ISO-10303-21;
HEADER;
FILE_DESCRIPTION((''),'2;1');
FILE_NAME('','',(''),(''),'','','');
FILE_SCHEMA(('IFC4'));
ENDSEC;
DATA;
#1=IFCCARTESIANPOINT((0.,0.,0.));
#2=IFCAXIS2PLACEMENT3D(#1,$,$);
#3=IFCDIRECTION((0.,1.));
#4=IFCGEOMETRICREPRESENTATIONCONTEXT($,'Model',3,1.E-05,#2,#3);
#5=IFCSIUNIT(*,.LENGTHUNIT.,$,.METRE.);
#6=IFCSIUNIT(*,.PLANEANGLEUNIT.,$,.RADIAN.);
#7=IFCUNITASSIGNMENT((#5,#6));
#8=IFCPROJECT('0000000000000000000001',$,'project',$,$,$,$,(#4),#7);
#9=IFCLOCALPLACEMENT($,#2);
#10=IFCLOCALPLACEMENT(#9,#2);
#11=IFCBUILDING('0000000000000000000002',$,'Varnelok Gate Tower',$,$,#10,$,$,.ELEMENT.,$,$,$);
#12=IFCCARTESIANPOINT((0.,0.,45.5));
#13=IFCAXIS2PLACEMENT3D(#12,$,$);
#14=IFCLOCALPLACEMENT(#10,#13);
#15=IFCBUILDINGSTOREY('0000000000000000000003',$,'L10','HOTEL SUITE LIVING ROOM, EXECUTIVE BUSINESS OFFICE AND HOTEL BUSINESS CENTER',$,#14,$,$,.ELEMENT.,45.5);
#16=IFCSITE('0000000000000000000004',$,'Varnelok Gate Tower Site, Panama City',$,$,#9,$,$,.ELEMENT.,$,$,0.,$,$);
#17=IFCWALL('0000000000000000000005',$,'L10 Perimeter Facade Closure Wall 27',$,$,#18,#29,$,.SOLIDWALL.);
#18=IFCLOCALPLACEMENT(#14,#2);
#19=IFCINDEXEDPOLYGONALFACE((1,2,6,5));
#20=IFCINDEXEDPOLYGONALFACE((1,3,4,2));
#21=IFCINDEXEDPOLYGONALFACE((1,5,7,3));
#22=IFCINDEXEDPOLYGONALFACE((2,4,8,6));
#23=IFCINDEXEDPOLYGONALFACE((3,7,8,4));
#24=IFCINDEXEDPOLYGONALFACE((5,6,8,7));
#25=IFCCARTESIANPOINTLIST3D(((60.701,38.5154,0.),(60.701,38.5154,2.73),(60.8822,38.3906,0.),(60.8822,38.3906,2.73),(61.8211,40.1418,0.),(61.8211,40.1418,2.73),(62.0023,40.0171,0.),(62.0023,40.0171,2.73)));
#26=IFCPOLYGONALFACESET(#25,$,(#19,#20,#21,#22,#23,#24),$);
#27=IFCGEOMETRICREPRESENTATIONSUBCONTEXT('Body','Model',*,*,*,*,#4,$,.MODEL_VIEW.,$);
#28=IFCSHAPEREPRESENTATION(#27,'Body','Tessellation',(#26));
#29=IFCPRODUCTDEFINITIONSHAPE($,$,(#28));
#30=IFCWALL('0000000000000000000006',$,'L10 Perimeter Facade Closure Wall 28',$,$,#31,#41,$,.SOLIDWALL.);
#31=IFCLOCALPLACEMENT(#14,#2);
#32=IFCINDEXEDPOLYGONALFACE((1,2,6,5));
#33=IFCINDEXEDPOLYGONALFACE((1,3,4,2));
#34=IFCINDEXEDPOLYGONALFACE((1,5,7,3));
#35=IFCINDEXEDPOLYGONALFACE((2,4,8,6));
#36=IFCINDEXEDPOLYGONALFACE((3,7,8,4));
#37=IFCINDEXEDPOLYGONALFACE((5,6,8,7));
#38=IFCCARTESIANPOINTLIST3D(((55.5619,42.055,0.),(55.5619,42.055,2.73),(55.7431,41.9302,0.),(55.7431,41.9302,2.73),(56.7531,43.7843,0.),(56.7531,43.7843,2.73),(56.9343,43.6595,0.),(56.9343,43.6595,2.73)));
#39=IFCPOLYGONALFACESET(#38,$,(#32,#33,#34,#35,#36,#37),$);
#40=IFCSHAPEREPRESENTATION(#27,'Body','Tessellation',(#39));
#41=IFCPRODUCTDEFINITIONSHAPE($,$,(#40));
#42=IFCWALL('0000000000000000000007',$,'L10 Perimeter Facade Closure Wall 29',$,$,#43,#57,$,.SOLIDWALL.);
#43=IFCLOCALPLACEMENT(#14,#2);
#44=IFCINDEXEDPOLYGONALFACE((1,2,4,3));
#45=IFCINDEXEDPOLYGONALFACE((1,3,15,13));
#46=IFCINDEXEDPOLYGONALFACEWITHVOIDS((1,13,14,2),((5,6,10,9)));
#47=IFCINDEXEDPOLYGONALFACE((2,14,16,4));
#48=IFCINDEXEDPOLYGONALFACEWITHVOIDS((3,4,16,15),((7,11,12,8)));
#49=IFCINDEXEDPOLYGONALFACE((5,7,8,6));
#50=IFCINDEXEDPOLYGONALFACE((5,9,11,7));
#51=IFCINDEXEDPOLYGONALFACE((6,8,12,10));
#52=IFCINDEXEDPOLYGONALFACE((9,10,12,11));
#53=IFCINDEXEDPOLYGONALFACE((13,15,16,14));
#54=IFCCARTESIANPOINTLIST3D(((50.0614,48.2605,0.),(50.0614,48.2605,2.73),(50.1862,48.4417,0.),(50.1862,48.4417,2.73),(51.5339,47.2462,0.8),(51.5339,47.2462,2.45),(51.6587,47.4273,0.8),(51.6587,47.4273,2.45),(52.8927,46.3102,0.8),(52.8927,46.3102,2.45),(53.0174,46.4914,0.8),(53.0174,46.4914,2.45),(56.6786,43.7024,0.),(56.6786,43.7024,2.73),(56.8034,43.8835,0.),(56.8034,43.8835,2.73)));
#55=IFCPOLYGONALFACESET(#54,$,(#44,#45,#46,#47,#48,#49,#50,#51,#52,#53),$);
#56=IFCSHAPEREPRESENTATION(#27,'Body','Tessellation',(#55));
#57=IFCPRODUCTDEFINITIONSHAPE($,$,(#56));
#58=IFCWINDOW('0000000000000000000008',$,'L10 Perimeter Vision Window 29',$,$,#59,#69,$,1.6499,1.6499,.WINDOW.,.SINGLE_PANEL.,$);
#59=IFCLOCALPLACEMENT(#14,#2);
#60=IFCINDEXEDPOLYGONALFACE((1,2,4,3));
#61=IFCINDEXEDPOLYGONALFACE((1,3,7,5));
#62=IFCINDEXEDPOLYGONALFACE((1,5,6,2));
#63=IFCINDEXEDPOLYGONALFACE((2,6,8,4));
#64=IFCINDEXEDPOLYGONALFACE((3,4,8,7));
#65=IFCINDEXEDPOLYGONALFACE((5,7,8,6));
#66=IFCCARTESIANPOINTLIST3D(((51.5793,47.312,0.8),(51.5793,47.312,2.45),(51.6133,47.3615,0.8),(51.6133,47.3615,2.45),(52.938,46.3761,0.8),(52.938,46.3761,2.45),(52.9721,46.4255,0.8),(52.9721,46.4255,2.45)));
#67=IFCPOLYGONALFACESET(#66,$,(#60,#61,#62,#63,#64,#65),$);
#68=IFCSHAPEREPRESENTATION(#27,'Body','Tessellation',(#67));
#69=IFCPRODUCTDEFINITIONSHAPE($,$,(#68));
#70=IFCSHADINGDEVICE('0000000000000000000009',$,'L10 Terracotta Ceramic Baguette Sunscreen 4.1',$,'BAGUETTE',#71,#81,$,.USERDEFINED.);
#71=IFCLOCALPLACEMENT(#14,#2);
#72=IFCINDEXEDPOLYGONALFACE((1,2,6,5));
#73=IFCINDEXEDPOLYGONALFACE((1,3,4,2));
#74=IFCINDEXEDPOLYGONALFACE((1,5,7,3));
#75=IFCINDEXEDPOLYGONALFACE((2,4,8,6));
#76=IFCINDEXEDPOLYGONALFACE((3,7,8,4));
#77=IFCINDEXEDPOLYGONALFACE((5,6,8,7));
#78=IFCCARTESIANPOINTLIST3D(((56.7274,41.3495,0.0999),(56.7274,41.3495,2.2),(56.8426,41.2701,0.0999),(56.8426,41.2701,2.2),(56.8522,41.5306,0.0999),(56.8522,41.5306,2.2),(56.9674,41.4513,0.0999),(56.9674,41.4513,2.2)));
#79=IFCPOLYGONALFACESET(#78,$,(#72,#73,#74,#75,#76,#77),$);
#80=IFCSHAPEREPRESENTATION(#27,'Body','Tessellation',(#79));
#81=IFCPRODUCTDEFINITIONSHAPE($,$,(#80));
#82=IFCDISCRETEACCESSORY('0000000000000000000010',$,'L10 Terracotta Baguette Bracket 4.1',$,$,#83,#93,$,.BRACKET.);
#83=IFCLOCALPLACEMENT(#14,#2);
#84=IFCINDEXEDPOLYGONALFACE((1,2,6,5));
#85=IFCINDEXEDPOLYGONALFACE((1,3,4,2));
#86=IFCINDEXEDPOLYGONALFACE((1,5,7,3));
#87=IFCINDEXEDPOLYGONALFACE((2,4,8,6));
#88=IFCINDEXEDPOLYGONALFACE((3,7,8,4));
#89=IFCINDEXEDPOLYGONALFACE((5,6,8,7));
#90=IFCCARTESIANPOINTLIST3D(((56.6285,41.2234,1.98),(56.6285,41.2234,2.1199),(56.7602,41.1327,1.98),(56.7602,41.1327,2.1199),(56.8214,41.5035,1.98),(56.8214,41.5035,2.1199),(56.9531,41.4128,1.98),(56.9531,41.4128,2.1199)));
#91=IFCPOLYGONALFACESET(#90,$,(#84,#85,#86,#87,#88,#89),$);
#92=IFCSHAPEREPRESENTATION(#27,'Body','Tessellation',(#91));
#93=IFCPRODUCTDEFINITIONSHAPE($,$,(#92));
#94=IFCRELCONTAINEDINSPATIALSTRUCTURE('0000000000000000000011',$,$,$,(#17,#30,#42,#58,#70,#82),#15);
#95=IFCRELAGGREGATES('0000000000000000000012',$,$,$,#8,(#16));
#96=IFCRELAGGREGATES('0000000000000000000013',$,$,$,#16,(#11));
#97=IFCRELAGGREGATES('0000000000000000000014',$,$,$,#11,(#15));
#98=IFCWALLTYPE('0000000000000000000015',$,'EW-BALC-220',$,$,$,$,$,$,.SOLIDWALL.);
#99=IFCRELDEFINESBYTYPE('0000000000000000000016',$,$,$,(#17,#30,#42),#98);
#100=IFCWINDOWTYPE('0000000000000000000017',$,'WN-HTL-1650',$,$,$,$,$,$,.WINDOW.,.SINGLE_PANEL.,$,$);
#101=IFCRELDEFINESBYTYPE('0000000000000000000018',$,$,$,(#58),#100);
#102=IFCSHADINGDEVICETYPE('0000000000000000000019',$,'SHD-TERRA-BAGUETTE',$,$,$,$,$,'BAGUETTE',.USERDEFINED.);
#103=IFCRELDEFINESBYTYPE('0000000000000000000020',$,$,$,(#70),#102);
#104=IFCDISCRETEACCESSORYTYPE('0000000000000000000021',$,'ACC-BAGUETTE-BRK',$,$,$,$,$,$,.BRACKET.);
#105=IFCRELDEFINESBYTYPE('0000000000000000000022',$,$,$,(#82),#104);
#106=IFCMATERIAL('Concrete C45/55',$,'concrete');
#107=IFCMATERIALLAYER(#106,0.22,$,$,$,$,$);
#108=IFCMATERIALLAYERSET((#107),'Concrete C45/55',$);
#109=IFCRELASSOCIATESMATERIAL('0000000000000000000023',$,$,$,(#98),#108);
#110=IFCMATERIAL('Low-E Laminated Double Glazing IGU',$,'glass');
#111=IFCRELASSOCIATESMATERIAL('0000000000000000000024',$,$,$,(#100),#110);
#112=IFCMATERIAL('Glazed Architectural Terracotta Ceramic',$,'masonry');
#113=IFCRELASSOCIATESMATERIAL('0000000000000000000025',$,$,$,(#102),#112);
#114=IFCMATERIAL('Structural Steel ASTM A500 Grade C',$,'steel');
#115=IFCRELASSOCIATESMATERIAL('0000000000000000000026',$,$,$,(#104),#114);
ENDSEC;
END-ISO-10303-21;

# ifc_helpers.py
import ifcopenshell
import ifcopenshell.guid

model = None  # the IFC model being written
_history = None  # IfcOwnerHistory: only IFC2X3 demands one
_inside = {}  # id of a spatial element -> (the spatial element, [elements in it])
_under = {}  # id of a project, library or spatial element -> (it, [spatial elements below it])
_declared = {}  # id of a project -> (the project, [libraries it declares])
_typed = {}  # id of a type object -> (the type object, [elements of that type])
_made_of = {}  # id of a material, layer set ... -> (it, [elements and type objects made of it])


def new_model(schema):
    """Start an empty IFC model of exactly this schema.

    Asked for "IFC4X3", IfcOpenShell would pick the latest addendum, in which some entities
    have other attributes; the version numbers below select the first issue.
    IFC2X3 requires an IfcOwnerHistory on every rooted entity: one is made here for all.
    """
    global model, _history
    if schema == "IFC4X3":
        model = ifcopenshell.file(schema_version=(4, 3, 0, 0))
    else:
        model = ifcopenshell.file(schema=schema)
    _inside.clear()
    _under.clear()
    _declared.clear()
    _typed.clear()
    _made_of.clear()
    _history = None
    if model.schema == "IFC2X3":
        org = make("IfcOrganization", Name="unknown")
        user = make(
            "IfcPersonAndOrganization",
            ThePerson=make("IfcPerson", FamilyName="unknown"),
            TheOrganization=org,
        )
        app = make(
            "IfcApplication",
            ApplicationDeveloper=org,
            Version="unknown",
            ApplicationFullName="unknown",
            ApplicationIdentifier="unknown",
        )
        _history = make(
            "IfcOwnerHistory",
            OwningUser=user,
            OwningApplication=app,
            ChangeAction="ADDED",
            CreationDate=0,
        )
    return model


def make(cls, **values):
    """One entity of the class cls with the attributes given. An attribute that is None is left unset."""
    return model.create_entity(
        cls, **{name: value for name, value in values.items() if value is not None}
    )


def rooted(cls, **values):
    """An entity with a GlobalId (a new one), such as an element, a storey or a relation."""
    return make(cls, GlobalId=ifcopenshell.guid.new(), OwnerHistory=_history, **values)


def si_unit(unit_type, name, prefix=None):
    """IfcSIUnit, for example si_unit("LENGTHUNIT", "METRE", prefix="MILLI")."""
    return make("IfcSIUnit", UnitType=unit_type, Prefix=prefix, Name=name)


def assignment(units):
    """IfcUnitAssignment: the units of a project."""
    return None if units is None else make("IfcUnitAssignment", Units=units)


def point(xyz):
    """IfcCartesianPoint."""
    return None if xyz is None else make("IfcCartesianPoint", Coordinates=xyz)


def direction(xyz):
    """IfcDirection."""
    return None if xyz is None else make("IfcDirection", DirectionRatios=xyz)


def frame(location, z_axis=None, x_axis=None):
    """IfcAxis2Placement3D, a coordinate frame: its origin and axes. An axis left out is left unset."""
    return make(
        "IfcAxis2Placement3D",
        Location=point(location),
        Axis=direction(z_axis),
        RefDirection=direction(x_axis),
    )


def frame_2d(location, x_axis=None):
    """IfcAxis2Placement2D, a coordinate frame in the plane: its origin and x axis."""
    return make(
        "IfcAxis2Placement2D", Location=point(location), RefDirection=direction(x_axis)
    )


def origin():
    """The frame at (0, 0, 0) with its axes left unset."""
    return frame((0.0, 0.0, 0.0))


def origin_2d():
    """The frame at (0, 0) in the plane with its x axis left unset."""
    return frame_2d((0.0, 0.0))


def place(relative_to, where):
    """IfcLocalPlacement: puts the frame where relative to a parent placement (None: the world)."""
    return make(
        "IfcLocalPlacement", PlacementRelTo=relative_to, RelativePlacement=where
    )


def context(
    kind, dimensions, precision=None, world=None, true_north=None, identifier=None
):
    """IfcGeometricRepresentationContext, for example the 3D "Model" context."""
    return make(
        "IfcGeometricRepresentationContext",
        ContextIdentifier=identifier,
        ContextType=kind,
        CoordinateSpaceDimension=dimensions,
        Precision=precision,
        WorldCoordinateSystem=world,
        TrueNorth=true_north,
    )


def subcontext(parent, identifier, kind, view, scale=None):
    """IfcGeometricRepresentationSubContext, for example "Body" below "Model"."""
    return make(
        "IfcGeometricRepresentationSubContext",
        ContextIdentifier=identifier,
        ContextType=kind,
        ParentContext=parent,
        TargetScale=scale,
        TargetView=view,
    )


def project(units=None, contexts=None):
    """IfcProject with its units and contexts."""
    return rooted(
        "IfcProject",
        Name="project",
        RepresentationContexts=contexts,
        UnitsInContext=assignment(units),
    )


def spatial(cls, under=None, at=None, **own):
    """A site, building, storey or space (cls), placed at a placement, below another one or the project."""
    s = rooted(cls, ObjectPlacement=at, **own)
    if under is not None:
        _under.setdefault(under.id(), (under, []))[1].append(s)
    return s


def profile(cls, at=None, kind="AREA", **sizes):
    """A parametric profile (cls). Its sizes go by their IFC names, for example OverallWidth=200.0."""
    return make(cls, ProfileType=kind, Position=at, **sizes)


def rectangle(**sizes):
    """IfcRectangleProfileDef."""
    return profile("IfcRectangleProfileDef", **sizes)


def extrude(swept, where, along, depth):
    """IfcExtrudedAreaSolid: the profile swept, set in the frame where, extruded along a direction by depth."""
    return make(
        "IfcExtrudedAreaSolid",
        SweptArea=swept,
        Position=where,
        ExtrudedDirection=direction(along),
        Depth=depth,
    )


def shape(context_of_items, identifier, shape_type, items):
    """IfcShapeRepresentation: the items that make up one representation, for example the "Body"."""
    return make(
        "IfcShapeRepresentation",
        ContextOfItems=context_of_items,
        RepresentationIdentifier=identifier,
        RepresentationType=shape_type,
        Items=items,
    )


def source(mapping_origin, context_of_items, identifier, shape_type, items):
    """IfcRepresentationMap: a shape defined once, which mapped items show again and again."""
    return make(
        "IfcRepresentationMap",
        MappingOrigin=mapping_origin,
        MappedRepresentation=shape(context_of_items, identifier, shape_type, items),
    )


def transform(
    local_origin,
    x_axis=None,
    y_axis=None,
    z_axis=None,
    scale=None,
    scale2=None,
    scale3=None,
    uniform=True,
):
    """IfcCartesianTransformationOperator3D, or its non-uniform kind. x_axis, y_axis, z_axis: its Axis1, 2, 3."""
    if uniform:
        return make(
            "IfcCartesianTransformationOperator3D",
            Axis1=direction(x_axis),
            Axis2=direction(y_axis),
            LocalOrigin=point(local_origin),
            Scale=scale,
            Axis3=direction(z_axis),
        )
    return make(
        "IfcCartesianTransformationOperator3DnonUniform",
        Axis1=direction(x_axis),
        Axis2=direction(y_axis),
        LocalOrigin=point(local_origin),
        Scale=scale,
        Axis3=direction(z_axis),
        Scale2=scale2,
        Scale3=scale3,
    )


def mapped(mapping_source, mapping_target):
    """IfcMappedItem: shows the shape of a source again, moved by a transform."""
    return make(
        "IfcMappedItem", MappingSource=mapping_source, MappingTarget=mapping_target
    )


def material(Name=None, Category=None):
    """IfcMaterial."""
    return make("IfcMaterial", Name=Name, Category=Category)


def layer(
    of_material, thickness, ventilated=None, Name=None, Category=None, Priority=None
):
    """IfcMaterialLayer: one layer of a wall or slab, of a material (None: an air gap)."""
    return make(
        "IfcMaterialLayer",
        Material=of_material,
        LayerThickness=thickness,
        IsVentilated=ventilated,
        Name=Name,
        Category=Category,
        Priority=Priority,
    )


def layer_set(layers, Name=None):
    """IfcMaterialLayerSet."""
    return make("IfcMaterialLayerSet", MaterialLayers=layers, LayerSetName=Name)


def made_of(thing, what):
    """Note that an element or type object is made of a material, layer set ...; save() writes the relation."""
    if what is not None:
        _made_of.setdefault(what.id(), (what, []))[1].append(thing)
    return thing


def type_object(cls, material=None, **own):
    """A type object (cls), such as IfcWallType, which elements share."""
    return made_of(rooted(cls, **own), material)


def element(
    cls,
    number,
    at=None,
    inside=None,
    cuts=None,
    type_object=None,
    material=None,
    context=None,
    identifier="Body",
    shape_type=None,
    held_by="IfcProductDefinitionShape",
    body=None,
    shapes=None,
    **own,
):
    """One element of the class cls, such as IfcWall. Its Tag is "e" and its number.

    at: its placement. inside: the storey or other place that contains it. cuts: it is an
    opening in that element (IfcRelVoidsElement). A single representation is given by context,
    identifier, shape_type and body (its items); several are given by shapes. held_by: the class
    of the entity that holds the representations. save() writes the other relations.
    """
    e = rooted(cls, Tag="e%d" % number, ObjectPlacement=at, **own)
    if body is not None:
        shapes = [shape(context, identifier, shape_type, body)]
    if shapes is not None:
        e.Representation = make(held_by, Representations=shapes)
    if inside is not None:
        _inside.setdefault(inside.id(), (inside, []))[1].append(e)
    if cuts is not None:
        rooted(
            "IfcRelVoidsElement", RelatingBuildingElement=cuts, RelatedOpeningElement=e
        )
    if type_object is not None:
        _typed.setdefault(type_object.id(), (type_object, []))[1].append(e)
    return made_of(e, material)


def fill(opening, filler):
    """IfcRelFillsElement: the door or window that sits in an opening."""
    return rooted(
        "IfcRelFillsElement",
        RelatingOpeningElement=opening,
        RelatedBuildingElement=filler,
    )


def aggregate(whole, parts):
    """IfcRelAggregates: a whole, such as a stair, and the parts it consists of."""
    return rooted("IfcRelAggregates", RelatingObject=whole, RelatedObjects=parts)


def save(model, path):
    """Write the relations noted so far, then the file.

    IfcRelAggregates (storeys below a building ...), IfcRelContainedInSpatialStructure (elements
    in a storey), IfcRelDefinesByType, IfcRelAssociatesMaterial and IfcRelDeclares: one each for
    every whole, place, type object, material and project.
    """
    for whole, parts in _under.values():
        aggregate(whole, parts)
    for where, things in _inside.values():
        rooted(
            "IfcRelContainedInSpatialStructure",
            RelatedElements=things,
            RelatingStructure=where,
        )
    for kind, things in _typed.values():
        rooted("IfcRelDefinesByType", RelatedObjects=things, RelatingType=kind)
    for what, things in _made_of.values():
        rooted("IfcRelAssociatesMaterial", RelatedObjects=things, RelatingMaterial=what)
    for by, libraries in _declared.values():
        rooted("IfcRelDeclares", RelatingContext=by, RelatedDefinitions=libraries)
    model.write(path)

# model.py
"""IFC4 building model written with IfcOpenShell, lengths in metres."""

from ifc_helpers import new_model, si_unit, direction, frame, frame_2d, origin, origin_2d, place, context, subcontext, project, spatial, rectangle, extrude, source, transform, mapped, material, layer, layer_set, type_object, element, fill, save


model = new_model("IFC4")

# Units and contexts
model_context = context("Model", 3, precision=1e-05, world=origin(), true_north=direction((0.0, 1.0)))
body_context = subcontext(model_context, "Body", "Model", "MODEL_VIEW")
ifc_project = project(units=[si_unit("LENGTHUNIT", "METRE"), si_unit("PLANEANGLEUNIT", "RADIAN")], contexts=[model_context])

# Site, building, storey
site_placement = place(None, origin())
site = spatial("IfcSite", under=ifc_project, at=site_placement, Name="Varnelok Gate Tower Site, Panama City", CompositionType="ELEMENT", RefElevation=0.0)
building_placement = place(site_placement, origin())
building = spatial("IfcBuilding", under=site, at=building_placement, Name="Varnelok Gate Tower", CompositionType="ELEMENT")
storey_placement = place(building_placement, frame((0.0, 0.0, 45.5)))
storey = spatial("IfcBuildingStorey", under=building, at=storey_placement, Name="L10", Description="HOTEL SUITE LIVING ROOM, EXECUTIVE BUSINESS OFFICE AND HOTEL BUSINESS CENTER", CompositionType="ELEMENT", Elevation=45.5)

# Shared definitions
ifc_material_1 = material(Name="Concrete C45/55", Category="concrete")
ifc_layer = layer(ifc_material_1, 0.22)
ifc_layer_set = layer_set([ifc_layer], Name="Concrete C45/55")
wall_type = type_object("IfcWallType", Name="EW-BALC-220", PredefinedType="SOLIDWALL", material=ifc_layer_set)

# Shared definitions
ifc_material_2 = material(Name="Low-E Laminated Double Glazing IGU", Category="glass")
window_type = type_object("IfcWindowType", Name="WN-HTL-1650", PartitioningType="SINGLE_PANEL", PredefinedType="WINDOW", material=ifc_material_2)

# Walls
wall_1_placement = place(storey_placement, frame((61.9116, 40.0793, 0.0), z_axis=(0.0, 0.0, 1.0), x_axis=(-0.56719, -0.823587, 0.0)))
element("IfcWall", 1, at=wall_1_placement, inside=storey, type_object=wall_type, Name="L10 Perimeter Facade Closure Wall 27", PredefinedType="SOLIDWALL", context=body_context, shape_type="SweptSolid", body=[
    extrude(rectangle(XDim=1.9749, YDim=0.22, at=frame_2d((0.9873, 0.0))), origin(), (0.0, 0.0, 1.0), 2.73),
])
wall_2_placement = place(storey_placement, frame((55.6526, 41.9927, 0.0), z_axis=(0.0, 0.0, 1.0), x_axis=(0.567274, 0.823529, 0.0)))
element("IfcWall", 2, at=wall_2_placement, inside=storey, type_object=wall_type, Name="L10 Perimeter Facade Closure Wall 28", PredefinedType="SOLIDWALL", context=body_context, shape_type="SweptSolid", body=[
    extrude(rectangle(XDim=2.0999, YDim=0.22, at=frame_2d((1.0498, 0.0))), origin(), (0.0, 0.0, 1.0), 2.73),
])

# Wall, opening, window
wall_3_placement = place(storey_placement, frame((56.741, 43.793, 0.0), z_axis=(0.0, 0.0, 1.0), x_axis=(-0.823531, 0.567271, 0.0)))
wall_3 = element("IfcWall", 3, at=wall_3_placement, inside=storey, type_object=wall_type, Name="L10 Perimeter Facade Closure Wall 29", PredefinedType="SOLIDWALL", context=body_context, shape_type="SweptSolid", body=[
    extrude(rectangle(XDim=8.0352, YDim=0.22, at=frame_2d((4.0176, 0.0))), origin(), (0.0, 0.0, 1.0), 2.73),
])
opening_1_placement = place(wall_3_placement, frame((4.5972, 0.0, 0.8)))
opening_1 = element("IfcOpeningElement", 4, at=opening_1_placement, cuts=wall_3, PredefinedType="OPENING", context=body_context, shape_type="SweptSolid", body=[
    extrude(rectangle(XDim=1.6499, YDim=1.6499, at=frame_2d((0.825, 0.825))), frame((0.0, 0.1199, 0.0), z_axis=(0.0, -1.0, 0.0), x_axis=(1.0, 0.0, 0.0)), (0.0, 0.0, 1.0), 0.24),
])
window_1_placement = place(opening_1_placement, origin())
window_1 = element("IfcWindow", 5, at=window_1_placement, inside=storey, type_object=window_type, Name="L10 Perimeter Vision Window 29", OverallHeight=1.6499, OverallWidth=1.6499, PartitioningType="SINGLE_PANEL", PredefinedType="WINDOW", context=body_context, shape_type="SweptSolid", body=[
    extrude(rectangle(XDim=1.6499, YDim=1.6499, at=frame_2d((0.825, 0.825))), frame((0.0, 0.03, 0.0), z_axis=(0.0, -1.0, 0.0), x_axis=(1.0, 0.0, 0.0)), (0.0, 0.0, 1.0), 0.0601),
])
fill(opening_1, window_1)

# Shading device
ifc_material_3 = material(Name="Glazed Architectural Terracotta Ceramic", Category="masonry")
shading_device_type = type_object("IfcShadingDeviceType", Name="SHD-TERRA-BAGUETTE", ElementType="BAGUETTE", PredefinedType="USERDEFINED", material=ifc_material_3)
shared_shape_1 = source(origin(), body_context, "Body", "SweptSolid", [
    extrude(rectangle(XDim=0.1399, YDim=0.22, at=origin_2d()), origin(), (0.0, 0.0, 1.0), 2.1001),
])
shading_device_placement = place(storey_placement, frame((56.8474, 41.4004, 0.0999), z_axis=(0.0, 0.0, 1.0), x_axis=(0.823533, -0.567269, 0.0)))
element("IfcShadingDevice", 6, at=shading_device_placement, inside=storey, type_object=shading_device_type, Name="L10 Terracotta Ceramic Baguette Sunscreen 4.1", ObjectType="BAGUETTE", PredefinedType="USERDEFINED", context=body_context, shape_type="MappedRepresentation", body=[
    mapped(shared_shape_1, transform((0.0, 0.0, 0.0), scale=1.0)),
])

# Discrete accessory
ifc_material_4 = material(Name="Structural Steel ASTM A500 Grade C", Category="steel")
discrete_accessory_type = type_object("IfcDiscreteAccessoryType", Name="ACC-BAGUETTE-BRK", PredefinedType="BRACKET", material=ifc_material_4)
shared_shape_2 = source(origin(), body_context, "Body", "SweptSolid", [
    extrude(rectangle(XDim=0.1599, YDim=0.3401, at=origin_2d()), origin(), (0.0, 0.0, 1.0), 0.1399),
])
discrete_accessory_placement = place(storey_placement, frame((56.7908, 41.3181, 1.98), z_axis=(0.0, 0.0, 1.0), x_axis=(0.823533, -0.567269, 0.0)))
element("IfcDiscreteAccessory", 7, at=discrete_accessory_placement, inside=storey, type_object=discrete_accessory_type, Name="L10 Terracotta Baguette Bracket 4.1", PredefinedType="BRACKET", context=body_context, shape_type="MappedRepresentation", body=[
    mapped(shared_shape_2, transform((0.0, 0.0, 0.0), scale=1.0)),
])

save(model, "model.ifc")
